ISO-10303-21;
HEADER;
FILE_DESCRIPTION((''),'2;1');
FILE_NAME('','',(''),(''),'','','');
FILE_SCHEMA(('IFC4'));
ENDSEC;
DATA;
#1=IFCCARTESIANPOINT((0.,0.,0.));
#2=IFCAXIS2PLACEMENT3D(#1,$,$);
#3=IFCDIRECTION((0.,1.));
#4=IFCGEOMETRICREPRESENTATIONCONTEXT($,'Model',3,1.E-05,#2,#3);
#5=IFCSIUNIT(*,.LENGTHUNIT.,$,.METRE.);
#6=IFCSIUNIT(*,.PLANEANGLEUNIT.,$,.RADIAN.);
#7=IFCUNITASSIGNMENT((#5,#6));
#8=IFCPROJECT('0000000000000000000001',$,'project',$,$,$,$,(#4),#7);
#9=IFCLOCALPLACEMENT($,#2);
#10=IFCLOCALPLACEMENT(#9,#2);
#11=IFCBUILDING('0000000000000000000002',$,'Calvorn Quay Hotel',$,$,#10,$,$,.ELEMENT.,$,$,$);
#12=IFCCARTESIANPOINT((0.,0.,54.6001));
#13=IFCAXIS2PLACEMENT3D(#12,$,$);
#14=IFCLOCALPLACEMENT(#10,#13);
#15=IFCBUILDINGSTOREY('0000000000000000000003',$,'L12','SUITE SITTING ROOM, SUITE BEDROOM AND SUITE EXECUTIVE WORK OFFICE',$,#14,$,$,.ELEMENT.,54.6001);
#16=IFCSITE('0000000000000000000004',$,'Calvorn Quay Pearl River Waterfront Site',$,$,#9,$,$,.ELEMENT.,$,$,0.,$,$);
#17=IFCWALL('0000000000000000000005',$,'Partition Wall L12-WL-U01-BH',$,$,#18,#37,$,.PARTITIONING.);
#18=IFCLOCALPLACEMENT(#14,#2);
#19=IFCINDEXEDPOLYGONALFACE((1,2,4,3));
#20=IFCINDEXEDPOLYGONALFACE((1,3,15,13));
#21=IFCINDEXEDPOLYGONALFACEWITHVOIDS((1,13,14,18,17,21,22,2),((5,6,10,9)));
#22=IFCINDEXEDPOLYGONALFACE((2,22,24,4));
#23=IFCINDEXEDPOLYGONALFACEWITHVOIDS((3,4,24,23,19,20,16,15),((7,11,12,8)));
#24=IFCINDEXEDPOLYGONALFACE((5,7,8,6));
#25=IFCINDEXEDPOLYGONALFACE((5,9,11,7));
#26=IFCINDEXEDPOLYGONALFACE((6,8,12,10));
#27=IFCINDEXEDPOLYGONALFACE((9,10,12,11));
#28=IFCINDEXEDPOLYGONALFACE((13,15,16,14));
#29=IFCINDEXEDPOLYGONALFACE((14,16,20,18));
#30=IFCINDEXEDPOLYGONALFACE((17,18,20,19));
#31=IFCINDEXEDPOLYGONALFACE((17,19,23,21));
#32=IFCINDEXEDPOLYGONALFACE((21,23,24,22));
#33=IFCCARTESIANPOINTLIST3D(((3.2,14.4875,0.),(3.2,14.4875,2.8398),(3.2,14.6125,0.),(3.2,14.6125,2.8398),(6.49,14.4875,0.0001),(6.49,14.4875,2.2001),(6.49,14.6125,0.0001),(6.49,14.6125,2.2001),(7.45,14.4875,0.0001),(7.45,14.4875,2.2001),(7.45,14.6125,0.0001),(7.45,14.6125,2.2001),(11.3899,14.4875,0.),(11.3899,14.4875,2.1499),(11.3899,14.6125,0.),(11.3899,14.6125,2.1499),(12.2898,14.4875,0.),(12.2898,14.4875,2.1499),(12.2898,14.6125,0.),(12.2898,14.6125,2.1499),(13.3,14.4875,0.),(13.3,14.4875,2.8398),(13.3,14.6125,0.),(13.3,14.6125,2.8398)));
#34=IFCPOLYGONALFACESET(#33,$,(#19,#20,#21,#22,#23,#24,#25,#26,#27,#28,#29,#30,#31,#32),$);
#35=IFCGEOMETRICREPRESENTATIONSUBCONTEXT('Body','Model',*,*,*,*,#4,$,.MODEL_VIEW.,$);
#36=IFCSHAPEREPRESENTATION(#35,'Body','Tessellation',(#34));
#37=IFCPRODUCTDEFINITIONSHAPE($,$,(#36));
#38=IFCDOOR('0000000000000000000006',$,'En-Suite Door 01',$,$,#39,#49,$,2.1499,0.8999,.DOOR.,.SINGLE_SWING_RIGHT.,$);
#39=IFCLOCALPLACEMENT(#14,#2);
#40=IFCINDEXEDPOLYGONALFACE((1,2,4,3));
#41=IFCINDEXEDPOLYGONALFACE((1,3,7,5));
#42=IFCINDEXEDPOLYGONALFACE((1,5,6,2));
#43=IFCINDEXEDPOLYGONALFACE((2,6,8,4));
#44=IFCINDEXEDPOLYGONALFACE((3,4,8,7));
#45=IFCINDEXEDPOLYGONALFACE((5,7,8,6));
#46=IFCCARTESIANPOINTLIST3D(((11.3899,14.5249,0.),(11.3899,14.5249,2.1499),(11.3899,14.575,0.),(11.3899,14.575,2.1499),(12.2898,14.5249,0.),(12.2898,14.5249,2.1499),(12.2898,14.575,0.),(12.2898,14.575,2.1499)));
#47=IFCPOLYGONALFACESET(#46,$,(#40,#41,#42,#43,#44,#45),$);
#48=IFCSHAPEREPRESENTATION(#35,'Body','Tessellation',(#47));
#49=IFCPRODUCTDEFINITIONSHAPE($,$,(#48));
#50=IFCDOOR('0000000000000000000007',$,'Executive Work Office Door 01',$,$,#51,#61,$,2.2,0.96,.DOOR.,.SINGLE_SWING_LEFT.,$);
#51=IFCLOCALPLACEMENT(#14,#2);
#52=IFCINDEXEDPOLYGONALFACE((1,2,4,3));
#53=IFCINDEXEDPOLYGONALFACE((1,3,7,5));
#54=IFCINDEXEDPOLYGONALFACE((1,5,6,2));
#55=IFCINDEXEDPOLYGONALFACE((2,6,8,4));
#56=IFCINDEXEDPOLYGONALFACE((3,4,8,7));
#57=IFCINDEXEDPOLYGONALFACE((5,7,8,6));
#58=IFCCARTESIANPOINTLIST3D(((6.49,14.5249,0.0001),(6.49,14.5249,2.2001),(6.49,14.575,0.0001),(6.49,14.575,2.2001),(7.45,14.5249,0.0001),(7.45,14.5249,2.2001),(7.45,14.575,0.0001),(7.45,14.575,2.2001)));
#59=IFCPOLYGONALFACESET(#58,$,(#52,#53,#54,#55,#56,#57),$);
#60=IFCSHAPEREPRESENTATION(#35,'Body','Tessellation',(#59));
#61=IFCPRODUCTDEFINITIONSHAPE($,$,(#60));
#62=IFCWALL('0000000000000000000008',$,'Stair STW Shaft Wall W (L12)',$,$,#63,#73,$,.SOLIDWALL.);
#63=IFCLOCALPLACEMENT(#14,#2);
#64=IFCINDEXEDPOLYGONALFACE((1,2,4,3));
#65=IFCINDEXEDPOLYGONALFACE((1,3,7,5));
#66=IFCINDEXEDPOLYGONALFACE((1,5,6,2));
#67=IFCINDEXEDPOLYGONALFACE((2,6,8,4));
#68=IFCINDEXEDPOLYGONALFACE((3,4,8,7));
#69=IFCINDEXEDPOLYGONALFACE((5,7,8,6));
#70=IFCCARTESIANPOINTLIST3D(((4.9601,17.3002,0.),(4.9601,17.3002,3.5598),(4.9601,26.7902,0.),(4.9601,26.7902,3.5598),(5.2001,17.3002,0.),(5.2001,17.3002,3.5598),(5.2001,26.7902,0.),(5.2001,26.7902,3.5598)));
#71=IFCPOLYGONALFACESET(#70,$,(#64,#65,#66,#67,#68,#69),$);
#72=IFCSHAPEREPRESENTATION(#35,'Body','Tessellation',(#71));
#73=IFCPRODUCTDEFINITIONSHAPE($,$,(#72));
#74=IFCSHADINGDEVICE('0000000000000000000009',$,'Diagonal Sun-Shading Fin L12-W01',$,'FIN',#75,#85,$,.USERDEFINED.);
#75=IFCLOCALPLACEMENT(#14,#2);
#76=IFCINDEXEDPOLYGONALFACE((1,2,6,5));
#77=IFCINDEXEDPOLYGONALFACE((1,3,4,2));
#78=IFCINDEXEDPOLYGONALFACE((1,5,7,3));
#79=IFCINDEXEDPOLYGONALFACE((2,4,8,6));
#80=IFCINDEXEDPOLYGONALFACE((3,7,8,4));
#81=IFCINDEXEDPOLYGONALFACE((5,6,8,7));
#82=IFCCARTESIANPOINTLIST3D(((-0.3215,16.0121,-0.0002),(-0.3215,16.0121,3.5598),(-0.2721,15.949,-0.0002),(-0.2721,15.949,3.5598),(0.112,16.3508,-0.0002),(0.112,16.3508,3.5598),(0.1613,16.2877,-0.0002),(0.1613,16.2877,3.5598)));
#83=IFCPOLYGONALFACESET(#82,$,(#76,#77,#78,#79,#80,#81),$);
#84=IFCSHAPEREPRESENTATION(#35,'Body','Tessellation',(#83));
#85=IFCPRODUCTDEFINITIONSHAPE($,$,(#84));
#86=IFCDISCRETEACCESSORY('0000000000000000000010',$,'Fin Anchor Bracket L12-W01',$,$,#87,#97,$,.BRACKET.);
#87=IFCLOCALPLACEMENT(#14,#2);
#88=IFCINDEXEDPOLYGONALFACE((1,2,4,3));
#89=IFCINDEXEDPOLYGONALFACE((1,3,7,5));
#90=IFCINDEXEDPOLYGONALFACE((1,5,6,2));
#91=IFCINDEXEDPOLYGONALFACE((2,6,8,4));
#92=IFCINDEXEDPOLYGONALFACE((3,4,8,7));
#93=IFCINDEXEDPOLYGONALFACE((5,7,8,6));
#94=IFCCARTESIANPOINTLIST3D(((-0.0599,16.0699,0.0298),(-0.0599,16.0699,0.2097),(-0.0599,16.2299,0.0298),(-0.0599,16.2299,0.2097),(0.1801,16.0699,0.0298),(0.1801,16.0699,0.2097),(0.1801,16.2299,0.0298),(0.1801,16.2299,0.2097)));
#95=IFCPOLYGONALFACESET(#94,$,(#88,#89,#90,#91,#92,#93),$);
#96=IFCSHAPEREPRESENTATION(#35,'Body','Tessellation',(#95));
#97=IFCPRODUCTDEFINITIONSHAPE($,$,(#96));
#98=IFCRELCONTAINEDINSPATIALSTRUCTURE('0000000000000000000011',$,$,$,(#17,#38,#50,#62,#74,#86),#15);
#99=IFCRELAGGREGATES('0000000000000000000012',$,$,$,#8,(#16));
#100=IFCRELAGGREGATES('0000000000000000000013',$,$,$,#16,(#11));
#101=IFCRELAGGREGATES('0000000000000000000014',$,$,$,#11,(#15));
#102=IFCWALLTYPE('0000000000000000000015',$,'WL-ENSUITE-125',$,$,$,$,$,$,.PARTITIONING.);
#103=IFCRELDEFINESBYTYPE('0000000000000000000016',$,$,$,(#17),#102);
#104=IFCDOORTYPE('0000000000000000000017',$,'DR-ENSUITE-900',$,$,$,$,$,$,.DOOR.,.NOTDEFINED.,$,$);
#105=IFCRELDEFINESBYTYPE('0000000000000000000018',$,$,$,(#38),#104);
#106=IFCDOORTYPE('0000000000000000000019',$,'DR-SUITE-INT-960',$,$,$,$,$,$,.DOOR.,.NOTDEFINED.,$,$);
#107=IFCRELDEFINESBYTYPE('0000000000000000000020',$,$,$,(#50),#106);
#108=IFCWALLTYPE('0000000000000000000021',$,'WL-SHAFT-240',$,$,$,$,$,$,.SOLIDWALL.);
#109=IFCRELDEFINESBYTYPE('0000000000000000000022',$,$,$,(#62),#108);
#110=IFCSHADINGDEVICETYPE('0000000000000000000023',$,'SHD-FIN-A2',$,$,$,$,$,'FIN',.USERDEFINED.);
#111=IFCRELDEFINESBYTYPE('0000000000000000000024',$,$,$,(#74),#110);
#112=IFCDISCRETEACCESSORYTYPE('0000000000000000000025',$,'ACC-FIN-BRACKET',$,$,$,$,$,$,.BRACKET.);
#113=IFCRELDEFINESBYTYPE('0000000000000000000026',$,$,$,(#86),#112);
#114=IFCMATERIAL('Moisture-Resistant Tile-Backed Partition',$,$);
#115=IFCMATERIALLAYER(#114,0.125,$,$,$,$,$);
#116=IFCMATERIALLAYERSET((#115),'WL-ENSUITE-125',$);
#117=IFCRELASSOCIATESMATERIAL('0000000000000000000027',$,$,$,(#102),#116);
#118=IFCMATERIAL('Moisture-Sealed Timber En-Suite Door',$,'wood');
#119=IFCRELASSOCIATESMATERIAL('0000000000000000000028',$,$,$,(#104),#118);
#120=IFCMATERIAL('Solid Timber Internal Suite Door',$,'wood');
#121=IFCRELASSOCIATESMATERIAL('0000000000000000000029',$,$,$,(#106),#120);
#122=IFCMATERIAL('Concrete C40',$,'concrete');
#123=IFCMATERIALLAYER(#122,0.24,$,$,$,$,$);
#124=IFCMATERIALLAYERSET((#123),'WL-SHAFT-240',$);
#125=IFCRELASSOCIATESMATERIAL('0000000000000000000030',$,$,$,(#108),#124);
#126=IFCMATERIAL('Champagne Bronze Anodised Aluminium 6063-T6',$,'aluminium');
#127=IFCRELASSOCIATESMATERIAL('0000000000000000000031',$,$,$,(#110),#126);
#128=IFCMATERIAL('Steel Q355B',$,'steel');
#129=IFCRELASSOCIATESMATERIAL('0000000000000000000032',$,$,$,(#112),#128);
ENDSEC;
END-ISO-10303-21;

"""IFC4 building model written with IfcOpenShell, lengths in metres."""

from ifc_helpers import new_model, si_unit, direction, frame, frame_2d, origin, origin_2d, place, context, subcontext, project, spatial, rectangle, extrude, material, layer, layer_set, type_object, element, fill, save


model = new_model("IFC4")

# Units and contexts
model_context = context("Model", 3, precision=1e-05, world=origin(), true_north=direction((0.0, 1.0)))
body_context = subcontext(model_context, "Body", "Model", "MODEL_VIEW")
ifc_project = project(units=[si_unit("LENGTHUNIT", "METRE"), si_unit("PLANEANGLEUNIT", "RADIAN")], contexts=[model_context])

# Site, building, storey
site_placement = place(None, origin())
site = spatial("IfcSite", under=ifc_project, at=site_placement, Name="Calvorn Quay Pearl River Waterfront Site", CompositionType="ELEMENT", RefElevation=0.0)
building_placement = place(site_placement, origin())
building = spatial("IfcBuilding", under=site, at=building_placement, Name="Calvorn Quay Hotel", CompositionType="ELEMENT")
storey_placement = place(building_placement, frame((0.0, 0.0, 54.6001)))
storey = spatial("IfcBuildingStorey", under=building, at=storey_placement, Name="L12", Description="SUITE SITTING ROOM, SUITE BEDROOM AND SUITE EXECUTIVE WORK OFFICE", CompositionType="ELEMENT", Elevation=54.6001)

# Wall, openings, doors
ifc_material_1 = material(Name="Moisture-Resistant Tile-Backed Partition")
ifc_layer_1 = layer(ifc_material_1, 0.125)
ifc_layer_set_1 = layer_set([ifc_layer_1], Name="WL-ENSUITE-125")
wall_type_1 = type_object("IfcWallType", Name="WL-ENSUITE-125", PredefinedType="PARTITIONING", material=ifc_layer_set_1)
wall_1_placement = place(storey_placement, frame((3.2, 14.55, 0.0), z_axis=(0.0, 0.0, 1.0), x_axis=(1.0, 0.0, 0.0)))
wall_1 = element("IfcWall", 1, at=wall_1_placement, inside=storey, type_object=wall_type_1, Name="Partition Wall L12-WL-U01-BH", PredefinedType="PARTITIONING", context=body_context, shape_type="SweptSolid", body=[
    extrude(rectangle(XDim=10.1001, YDim=0.125, at=frame_2d((5.05, 0.0))), origin(), (0.0, 0.0, 1.0), 2.8398),
])
opening_1_placement = place(wall_1_placement, frame((3.29, 0.0, 0.0)))
opening_1 = element("IfcOpeningElement", 2, at=opening_1_placement, cuts=wall_1, PredefinedType="OPENING", context=body_context, shape_type="SweptSolid", body=[
    extrude(rectangle(XDim=0.96, YDim=2.2, at=frame_2d((0.48, 1.1001))), frame((0.0, 0.0725, 0.0), z_axis=(0.0, -1.0, 0.0), x_axis=(1.0, 0.0, 0.0)), (0.0, 0.0, 1.0), 0.145),
])
opening_2_placement = place(wall_1_placement, frame((8.1899, 0.0, 0.0)))
opening_2 = element("IfcOpeningElement", 3, at=opening_2_placement, cuts=wall_1, PredefinedType="OPENING", context=body_context, shape_type="SweptSolid", body=[
    extrude(rectangle(XDim=0.8999, YDim=2.1499, at=frame_2d((0.45, 1.075))), frame((0.0, 0.0725, 0.0), z_axis=(0.0, -1.0, 0.0), x_axis=(1.0, 0.0, 0.0)), (0.0, 0.0, 1.0), 0.145),
])
ifc_material_2 = material(Name="Moisture-Sealed Timber En-Suite Door", Category="wood")
door_type_1 = type_object("IfcDoorType", Name="DR-ENSUITE-900", OperationType="NOTDEFINED", PredefinedType="DOOR", material=ifc_material_2)
door_1_placement = place(opening_2_placement, origin())
door_1 = element("IfcDoor", 4, at=door_1_placement, inside=storey, type_object=door_type_1, Name="En-Suite Door 01", OperationType="SINGLE_SWING_RIGHT", OverallHeight=2.1499, OverallWidth=0.8999, PredefinedType="DOOR", context=body_context, shape_type="SweptSolid", body=[
    extrude(rectangle(XDim=0.8999, YDim=2.1499, at=frame_2d((0.45, 1.075))), frame((0.0, 0.0249, 0.0), z_axis=(0.0, -1.0, 0.0), x_axis=(1.0, 0.0, 0.0)), (0.0, 0.0, 1.0), 0.05),
])
fill(opening_2, door_1)
ifc_material_3 = material(Name="Solid Timber Internal Suite Door", Category="wood")
door_type_2 = type_object("IfcDoorType", Name="DR-SUITE-INT-960", OperationType="NOTDEFINED", PredefinedType="DOOR", material=ifc_material_3)
door_2_placement = place(opening_1_placement, origin())
door_2 = element("IfcDoor", 5, at=door_2_placement, inside=storey, type_object=door_type_2, Name="Executive Work Office Door 01", OperationType="SINGLE_SWING_LEFT", OverallHeight=2.2, OverallWidth=0.96, PredefinedType="DOOR", context=body_context, shape_type="SweptSolid", body=[
    extrude(rectangle(XDim=0.96, YDim=2.2, at=frame_2d((0.48, 1.1001))), frame((0.0, 0.0249, 0.0), z_axis=(0.0, -1.0, 0.0), x_axis=(1.0, 0.0, 0.0)), (0.0, 0.0, 1.0), 0.05),
])
fill(opening_1, door_2)

# Wall
ifc_material_4 = material(Name="Concrete C40", Category="concrete")
ifc_layer_2 = layer(ifc_material_4, 0.24)
ifc_layer_set_2 = layer_set([ifc_layer_2], Name="WL-SHAFT-240")
wall_type_2 = type_object("IfcWallType", Name="WL-SHAFT-240", PredefinedType="SOLIDWALL", material=ifc_layer_set_2)
wall_2_placement = place(storey_placement, frame((5.0801, 17.3, 0.0), z_axis=(0.0, 0.0, 1.0), x_axis=(0.0, 1.0, 0.0)))
element("IfcWall", 6, at=wall_2_placement, inside=storey, type_object=wall_type_2, Name="Stair STW Shaft Wall W (L12)", PredefinedType="SOLIDWALL", context=body_context, shape_type="SweptSolid", body=[
    extrude(rectangle(XDim=9.49, YDim=0.24, at=frame_2d((4.7451, 0.0))), origin(), (0.0, 0.0, 1.0), 3.5598),
])

# Shading device
ifc_material_5 = material(Name="Champagne Bronze Anodised Aluminium 6063-T6", Category="aluminium")
shading_device_type = type_object("IfcShadingDeviceType", Name="SHD-FIN-A2", ElementType="FIN", PredefinedType="USERDEFINED", material=ifc_material_5)
shading_device_placement = place(storey_placement, frame((-0.0801, 16.1499, -0.0002), z_axis=(0.0, 0.0, 1.0), x_axis=(0.788011, 0.615661, 0.0)))
element("IfcShadingDevice", 7, at=shading_device_placement, inside=storey, type_object=shading_device_type, Name="Diagonal Sun-Shading Fin L12-W01", ObjectType="FIN", PredefinedType="USERDEFINED", context=body_context, shape_type="SweptSolid", body=[
    extrude(rectangle(XDim=0.55, YDim=0.0801, at=origin_2d()), origin(), (0.0, 0.0, 1.0), 3.5601),
])

# Discrete accessory
ifc_material_6 = material(Name="Steel Q355B", Category="steel")
discrete_accessory_type = type_object("IfcDiscreteAccessoryType", Name="ACC-FIN-BRACKET", PredefinedType="BRACKET", material=ifc_material_6)
discrete_accessory_placement = place(storey_placement, frame((0.0601, 16.1499, 0.0298), z_axis=(0.0, 0.0, 1.0), x_axis=(1.0, 0.0, 0.0)))
element("IfcDiscreteAccessory", 8, at=discrete_accessory_placement, inside=storey, type_object=discrete_accessory_type, Name="Fin Anchor Bracket L12-W01", PredefinedType="BRACKET", context=body_context, shape_type="SweptSolid", body=[
    extrude(rectangle(XDim=0.24, YDim=0.1599, at=origin_2d()), origin(), (0.0, 0.0, 1.0), 0.1799),
])

save(model, "model.ifc")
